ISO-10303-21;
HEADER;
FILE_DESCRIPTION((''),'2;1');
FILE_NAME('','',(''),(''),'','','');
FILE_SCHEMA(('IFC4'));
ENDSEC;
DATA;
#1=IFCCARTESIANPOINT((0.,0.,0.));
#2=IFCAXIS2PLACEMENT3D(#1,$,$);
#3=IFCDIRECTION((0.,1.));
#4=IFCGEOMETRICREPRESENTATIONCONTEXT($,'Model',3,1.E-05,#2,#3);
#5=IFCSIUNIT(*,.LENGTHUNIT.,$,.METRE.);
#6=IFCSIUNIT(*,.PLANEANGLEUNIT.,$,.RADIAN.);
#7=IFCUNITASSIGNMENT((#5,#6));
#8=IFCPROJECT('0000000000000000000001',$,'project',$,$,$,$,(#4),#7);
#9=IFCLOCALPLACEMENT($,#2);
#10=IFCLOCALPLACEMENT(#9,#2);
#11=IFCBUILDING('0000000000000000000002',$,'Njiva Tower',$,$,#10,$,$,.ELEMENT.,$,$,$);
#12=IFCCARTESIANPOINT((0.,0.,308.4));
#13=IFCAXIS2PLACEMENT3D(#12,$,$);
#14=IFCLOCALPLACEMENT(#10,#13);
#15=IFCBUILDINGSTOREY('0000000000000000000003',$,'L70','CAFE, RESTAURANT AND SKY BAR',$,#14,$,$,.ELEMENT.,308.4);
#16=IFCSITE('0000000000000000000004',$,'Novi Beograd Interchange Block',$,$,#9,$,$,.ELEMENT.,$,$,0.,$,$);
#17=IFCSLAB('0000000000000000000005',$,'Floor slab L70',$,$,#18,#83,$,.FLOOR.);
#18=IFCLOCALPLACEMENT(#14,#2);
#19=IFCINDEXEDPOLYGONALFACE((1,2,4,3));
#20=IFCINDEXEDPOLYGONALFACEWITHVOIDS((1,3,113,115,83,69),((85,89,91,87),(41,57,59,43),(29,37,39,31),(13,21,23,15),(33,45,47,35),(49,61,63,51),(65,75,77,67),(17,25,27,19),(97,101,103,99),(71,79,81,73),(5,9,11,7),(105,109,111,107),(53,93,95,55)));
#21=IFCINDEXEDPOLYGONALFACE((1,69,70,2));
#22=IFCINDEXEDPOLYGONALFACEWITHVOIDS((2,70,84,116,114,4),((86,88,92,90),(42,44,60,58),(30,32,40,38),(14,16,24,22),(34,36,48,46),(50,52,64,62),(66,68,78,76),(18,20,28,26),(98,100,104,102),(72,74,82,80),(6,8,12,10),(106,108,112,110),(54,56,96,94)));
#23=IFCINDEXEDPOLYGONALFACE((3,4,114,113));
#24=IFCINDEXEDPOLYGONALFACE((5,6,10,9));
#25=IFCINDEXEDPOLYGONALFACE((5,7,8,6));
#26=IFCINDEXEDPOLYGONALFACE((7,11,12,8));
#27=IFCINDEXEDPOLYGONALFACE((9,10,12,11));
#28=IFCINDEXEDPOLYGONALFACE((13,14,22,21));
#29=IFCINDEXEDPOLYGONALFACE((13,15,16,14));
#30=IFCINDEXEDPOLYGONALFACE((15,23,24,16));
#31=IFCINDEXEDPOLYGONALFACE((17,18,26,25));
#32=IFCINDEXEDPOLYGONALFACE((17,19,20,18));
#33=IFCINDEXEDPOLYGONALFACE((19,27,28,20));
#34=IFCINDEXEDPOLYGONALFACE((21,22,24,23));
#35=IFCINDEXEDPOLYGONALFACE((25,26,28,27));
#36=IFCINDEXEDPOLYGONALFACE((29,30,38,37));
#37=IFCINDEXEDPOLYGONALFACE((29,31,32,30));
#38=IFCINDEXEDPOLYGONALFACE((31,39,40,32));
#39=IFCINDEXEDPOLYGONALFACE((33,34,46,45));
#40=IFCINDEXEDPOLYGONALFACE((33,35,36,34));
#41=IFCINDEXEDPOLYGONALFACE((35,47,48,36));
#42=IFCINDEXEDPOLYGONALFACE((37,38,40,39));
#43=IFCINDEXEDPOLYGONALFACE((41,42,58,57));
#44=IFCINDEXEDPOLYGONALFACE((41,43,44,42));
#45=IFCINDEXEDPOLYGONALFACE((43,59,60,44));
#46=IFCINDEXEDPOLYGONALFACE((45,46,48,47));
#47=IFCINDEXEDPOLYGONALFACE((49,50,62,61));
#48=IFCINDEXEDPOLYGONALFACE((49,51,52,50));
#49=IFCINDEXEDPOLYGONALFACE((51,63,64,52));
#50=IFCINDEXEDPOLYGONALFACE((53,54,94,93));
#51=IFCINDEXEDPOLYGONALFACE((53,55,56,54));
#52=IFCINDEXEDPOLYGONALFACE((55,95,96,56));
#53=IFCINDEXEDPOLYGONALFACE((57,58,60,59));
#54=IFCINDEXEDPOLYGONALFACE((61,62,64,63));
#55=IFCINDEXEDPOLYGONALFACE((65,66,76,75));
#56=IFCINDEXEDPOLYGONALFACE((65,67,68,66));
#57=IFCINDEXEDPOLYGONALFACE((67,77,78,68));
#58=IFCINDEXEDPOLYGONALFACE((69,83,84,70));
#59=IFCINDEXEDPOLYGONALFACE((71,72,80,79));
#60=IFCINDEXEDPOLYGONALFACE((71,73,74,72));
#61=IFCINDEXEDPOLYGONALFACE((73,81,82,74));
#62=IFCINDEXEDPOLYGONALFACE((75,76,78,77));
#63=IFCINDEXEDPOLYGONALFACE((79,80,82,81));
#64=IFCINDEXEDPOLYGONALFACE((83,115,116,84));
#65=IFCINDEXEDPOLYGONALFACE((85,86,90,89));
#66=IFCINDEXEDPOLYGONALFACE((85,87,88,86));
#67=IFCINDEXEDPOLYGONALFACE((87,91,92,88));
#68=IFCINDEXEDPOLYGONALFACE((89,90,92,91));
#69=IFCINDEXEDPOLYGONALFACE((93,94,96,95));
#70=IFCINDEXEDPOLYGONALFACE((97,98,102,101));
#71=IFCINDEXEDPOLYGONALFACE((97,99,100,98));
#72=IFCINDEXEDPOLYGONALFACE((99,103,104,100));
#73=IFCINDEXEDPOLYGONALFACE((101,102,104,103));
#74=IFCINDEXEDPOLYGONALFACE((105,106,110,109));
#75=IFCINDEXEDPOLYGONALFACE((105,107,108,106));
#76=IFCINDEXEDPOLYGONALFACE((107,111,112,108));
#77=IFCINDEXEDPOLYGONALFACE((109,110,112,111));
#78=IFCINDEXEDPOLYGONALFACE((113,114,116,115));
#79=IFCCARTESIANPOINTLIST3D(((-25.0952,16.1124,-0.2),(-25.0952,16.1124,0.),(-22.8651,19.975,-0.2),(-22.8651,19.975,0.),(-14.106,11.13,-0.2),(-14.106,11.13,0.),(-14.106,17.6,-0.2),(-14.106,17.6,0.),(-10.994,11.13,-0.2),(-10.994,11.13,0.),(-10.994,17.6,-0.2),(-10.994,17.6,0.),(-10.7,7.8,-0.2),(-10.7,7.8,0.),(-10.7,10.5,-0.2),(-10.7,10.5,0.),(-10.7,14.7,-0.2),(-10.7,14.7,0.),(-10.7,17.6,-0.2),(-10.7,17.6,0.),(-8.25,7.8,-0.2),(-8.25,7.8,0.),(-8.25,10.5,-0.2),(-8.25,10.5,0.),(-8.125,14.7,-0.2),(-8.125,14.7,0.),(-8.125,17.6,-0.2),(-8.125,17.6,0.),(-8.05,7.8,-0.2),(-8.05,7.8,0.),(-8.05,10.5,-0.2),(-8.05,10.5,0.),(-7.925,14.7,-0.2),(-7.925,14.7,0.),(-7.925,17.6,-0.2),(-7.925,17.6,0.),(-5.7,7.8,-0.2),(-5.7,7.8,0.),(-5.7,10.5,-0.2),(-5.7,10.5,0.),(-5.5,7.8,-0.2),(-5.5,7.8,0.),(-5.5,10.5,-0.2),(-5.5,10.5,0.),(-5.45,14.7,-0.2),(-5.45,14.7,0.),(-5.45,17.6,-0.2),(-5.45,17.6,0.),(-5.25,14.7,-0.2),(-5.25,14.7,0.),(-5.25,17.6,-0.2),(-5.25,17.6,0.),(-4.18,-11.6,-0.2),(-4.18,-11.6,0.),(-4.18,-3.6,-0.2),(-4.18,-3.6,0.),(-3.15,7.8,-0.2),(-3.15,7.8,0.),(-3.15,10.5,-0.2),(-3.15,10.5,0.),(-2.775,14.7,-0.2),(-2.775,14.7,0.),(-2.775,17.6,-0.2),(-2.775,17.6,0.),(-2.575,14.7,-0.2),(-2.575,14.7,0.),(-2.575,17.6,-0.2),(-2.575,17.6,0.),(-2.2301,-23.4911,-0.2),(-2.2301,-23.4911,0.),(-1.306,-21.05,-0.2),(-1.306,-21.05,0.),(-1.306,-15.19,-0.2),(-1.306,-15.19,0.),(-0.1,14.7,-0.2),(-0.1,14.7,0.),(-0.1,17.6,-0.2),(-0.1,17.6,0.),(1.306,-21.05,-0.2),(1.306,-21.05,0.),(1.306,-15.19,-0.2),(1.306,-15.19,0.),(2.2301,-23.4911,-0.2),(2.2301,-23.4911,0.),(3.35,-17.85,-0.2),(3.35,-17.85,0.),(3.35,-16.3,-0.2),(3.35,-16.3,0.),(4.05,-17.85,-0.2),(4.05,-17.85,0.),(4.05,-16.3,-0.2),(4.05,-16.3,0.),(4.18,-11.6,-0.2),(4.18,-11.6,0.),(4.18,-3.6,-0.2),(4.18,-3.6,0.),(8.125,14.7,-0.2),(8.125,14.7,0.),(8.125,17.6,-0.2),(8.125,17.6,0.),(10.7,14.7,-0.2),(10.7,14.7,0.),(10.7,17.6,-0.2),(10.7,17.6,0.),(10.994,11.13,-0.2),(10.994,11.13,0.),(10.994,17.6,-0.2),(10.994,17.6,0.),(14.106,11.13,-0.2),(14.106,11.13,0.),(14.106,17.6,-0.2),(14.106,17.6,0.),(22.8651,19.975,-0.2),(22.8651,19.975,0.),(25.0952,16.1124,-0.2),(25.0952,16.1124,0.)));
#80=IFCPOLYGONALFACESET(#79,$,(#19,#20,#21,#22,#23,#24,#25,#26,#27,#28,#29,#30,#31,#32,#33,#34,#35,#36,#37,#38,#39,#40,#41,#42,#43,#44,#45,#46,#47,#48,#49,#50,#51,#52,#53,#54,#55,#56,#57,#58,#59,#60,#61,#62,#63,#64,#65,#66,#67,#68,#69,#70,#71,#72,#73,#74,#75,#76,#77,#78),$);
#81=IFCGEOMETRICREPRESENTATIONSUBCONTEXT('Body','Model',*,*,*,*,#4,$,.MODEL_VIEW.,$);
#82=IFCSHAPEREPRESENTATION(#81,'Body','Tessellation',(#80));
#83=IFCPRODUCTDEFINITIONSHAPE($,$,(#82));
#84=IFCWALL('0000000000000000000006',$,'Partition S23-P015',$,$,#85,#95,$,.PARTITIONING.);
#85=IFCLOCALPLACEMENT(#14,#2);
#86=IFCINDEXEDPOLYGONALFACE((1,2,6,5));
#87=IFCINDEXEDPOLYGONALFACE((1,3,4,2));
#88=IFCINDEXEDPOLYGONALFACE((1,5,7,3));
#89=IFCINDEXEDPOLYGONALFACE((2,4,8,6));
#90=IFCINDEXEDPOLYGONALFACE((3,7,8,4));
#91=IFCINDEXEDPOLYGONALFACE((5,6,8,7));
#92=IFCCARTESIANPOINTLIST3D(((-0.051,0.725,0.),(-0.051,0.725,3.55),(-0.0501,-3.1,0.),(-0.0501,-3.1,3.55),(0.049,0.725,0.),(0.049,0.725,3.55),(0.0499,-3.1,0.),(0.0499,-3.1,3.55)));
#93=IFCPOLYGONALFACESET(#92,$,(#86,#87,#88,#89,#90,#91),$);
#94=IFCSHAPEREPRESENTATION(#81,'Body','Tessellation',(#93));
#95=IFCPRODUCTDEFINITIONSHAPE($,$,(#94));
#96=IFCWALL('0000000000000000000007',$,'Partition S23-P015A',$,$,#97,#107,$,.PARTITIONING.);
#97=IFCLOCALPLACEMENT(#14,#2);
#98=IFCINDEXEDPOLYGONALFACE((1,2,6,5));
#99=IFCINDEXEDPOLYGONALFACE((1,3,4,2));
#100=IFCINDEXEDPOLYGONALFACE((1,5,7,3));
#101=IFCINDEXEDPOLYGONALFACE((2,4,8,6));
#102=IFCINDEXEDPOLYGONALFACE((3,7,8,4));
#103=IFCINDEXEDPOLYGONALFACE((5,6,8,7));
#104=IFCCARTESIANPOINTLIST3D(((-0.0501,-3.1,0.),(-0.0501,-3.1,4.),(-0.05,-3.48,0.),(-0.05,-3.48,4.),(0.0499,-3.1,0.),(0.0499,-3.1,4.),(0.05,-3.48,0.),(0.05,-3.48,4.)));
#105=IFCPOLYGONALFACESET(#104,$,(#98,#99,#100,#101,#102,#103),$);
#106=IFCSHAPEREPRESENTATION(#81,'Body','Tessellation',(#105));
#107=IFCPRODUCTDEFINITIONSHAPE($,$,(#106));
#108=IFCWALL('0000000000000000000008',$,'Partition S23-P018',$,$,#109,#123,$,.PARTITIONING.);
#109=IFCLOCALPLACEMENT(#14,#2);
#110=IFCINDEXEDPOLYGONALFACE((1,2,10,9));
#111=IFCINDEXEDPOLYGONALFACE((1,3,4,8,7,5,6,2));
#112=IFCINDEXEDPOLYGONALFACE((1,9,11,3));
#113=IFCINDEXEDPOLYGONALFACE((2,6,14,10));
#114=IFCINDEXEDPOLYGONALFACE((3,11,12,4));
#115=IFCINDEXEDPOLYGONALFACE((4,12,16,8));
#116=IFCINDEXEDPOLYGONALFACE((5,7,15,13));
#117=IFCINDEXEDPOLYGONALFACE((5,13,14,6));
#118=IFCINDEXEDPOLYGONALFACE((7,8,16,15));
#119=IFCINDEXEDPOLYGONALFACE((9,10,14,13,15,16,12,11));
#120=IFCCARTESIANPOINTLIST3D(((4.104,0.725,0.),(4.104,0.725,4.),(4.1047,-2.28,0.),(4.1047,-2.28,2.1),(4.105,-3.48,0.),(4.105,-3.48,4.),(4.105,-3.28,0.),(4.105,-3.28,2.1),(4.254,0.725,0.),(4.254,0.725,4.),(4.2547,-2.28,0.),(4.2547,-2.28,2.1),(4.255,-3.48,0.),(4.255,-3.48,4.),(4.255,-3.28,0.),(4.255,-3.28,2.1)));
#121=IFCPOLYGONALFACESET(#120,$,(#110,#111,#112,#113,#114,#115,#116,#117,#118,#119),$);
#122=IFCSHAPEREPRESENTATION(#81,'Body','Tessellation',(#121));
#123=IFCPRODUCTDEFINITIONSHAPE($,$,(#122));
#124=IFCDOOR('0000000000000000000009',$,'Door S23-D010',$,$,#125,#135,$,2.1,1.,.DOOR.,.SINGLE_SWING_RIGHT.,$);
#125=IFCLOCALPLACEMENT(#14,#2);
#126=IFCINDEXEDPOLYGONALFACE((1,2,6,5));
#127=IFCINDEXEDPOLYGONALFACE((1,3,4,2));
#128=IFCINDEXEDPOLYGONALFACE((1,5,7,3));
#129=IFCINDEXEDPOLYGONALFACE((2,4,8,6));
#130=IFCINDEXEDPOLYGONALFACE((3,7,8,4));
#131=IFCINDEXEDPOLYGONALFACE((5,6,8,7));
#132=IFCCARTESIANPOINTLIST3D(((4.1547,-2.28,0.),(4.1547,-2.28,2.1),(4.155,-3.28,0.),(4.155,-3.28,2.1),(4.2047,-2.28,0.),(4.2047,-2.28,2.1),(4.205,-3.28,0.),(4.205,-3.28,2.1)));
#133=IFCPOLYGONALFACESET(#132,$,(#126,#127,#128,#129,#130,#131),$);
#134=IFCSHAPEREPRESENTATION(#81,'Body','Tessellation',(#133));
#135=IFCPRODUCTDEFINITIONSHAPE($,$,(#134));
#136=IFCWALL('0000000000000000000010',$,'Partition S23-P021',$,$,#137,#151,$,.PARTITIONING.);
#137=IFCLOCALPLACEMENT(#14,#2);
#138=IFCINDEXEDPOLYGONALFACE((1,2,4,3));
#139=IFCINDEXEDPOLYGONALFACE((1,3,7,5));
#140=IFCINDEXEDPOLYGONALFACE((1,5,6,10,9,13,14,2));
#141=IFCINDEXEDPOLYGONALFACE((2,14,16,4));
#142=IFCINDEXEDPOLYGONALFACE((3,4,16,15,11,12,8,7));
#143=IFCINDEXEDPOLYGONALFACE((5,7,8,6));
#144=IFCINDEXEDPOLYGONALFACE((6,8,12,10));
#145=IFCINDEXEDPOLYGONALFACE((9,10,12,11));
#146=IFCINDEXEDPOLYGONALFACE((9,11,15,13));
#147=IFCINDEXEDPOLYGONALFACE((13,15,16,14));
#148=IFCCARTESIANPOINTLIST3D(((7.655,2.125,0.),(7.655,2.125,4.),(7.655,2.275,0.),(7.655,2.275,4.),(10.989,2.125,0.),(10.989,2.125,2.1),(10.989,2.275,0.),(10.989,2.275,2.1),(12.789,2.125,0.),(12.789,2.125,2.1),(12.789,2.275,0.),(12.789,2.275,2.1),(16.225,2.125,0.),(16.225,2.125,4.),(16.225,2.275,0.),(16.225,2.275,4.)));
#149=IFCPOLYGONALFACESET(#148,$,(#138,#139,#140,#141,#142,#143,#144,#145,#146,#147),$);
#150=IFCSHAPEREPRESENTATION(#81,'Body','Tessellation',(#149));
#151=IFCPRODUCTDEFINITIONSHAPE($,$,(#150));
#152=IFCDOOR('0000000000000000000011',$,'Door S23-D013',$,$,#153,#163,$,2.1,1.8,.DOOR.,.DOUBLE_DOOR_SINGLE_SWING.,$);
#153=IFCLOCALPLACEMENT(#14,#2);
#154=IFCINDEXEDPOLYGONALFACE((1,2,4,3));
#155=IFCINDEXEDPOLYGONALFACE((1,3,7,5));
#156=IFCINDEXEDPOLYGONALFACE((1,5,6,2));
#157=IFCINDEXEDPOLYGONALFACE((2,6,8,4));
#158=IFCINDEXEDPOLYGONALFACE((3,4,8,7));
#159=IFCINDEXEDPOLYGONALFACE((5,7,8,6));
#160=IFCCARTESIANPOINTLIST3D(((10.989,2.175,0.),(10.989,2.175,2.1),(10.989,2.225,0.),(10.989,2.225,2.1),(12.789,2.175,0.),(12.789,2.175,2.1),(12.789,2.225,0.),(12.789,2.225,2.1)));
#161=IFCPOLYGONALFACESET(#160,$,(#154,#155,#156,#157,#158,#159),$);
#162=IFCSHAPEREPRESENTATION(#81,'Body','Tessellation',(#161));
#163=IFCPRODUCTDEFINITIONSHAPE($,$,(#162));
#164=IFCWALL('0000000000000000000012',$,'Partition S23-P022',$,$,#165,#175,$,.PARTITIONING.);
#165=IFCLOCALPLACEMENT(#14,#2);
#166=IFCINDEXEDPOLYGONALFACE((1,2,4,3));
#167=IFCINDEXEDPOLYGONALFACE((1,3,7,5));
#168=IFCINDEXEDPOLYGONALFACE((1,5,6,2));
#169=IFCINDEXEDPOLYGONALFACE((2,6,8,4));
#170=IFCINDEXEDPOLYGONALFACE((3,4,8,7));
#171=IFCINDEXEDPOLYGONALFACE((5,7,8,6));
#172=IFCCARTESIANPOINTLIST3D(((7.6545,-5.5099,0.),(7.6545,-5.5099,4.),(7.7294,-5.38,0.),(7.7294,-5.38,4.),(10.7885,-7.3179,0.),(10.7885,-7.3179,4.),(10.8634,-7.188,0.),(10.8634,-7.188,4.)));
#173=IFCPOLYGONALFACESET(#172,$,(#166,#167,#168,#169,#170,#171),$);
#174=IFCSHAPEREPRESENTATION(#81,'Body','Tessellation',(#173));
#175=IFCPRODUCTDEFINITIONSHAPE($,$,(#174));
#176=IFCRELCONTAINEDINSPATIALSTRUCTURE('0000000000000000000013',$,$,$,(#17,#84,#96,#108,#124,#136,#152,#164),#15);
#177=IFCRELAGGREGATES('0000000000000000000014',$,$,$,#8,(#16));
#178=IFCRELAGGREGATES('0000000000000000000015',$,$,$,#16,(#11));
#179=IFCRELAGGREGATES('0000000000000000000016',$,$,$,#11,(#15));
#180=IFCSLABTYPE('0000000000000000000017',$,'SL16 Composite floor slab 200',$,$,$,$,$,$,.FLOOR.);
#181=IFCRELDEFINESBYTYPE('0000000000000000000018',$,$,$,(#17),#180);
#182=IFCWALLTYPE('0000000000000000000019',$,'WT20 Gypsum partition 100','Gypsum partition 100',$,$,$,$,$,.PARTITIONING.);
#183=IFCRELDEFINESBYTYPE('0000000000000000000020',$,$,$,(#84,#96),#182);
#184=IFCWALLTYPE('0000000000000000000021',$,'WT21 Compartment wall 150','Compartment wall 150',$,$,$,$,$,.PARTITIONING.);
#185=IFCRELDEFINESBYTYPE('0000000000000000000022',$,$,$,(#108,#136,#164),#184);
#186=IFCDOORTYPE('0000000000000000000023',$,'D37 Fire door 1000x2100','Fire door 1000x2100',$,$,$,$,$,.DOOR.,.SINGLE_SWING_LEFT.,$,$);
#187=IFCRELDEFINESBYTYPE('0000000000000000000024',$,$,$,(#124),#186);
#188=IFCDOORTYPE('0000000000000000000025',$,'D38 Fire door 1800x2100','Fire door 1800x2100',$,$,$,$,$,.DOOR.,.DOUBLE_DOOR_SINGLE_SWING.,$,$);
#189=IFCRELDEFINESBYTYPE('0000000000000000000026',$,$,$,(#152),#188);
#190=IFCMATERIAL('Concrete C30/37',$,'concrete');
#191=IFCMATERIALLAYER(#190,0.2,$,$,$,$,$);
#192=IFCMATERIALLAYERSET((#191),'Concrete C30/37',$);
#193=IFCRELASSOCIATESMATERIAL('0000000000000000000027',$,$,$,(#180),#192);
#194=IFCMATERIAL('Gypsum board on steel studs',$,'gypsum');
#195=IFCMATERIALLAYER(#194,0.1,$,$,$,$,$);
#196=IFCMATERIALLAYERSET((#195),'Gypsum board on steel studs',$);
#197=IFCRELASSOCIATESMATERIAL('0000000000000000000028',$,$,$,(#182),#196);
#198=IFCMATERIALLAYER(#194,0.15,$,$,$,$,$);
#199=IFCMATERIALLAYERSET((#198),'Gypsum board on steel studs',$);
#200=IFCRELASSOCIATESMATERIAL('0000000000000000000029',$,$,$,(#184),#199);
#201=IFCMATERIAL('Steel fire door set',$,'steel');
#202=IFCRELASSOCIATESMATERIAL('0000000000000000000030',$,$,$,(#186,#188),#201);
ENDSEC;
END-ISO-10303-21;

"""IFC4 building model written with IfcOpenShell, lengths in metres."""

from ifc_helpers import new_model, si_unit, direction, frame, frame_2d, origin, place, context, subcontext, project, spatial, polyline, rectangle, outline, extrude, material, layer, layer_set, type_object, element, fill, save


model = new_model("IFC4")

# Units and contexts
model_context = context("Model", 3, precision=1e-05, world=origin(), true_north=direction((0.0, 1.0)))
body_context = subcontext(model_context, "Body", "Model", "MODEL_VIEW")
ifc_project = project(units=[si_unit("LENGTHUNIT", "METRE"), si_unit("PLANEANGLEUNIT", "RADIAN")], contexts=[model_context])

# Site, building, storey
site_placement = place(None, origin())
site = spatial("IfcSite", under=ifc_project, at=site_placement, Name="Novi Beograd Interchange Block", CompositionType="ELEMENT", RefElevation=0.0)
building_placement = place(site_placement, origin())
building = spatial("IfcBuilding", under=site, at=building_placement, Name="Njiva Tower", CompositionType="ELEMENT")
storey_placement = place(building_placement, frame((0.0, 0.0, 308.4)))
storey = spatial("IfcBuildingStorey", under=building, at=storey_placement, Name="L70", Description="CAFE, RESTAURANT AND SKY BAR", CompositionType="ELEMENT", Elevation=308.4)

# Slab
ifc_material_1 = material(Name="Concrete C30/37", Category="concrete")
ifc_layer_1 = layer(ifc_material_1, 0.2)
ifc_layer_set_1 = layer_set([ifc_layer_1], Name="Concrete C30/37")
slab_type_1 = type_object("IfcSlabType", Name="SL16 Composite floor slab 200", PredefinedType="FLOOR", material=ifc_layer_set_1)
slab_1_placement = place(storey_placement, frame((0.0, 0.0, -0.2)))
element("IfcSlab", 1, at=slab_1_placement, inside=storey, type_object=slab_type_1, Name="Floor slab L70", PredefinedType="FLOOR", context=body_context, shape_type="SweptSolid", body=[
    extrude(outline(polyline([(25.0952, 16.1124), (2.2301, -23.4911), (-2.2301, -23.4911), (-25.0952, 16.1124), (-22.8651, 19.975), (22.8651, 19.975), (25.0952, 16.1124)]), holes=[polyline([(10.994, 11.13), (14.106, 11.13), (14.106, 17.6), (10.994, 17.6), (10.994, 11.13)]), polyline([(8.125, 14.7), (10.7, 14.7), (10.7, 17.6), (8.125, 17.6), (8.125, 14.7)]), polyline([(4.18, -11.6), (4.18, -3.6), (-4.18, -3.6), (-4.18, -11.6), (4.18, -11.6)]), polyline([(3.35, -17.85), (4.05, -17.85), (4.05, -16.3), (3.35, -16.3), (3.35, -17.85)]), polyline([(-1.306, -21.05), (1.306, -21.05), (1.306, -15.19), (-1.306, -15.19), (-1.306, -21.05)]), polyline([(-2.575, 14.7), (-0.1, 14.7), (-0.1, 17.6), (-2.575, 17.6), (-2.575, 14.7)]), polyline([(-2.775, 14.7), (-2.775, 17.6), (-5.25, 17.6), (-5.25, 14.7), (-2.775, 14.7)]), polyline([(-5.5, 7.8), (-3.15, 7.8), (-3.15, 10.5), (-5.5, 10.5), (-5.5, 7.8)]), polyline([(-7.925, 14.7), (-5.45, 14.7), (-5.45, 17.6), (-7.925, 17.6), (-7.925, 14.7)]), polyline([(-8.05, 7.8), (-5.7, 7.8), (-5.7, 10.5), (-8.05, 10.5), (-8.05, 7.8)]), polyline([(-10.7, 14.7), (-8.125, 14.7), (-8.125, 17.6), (-10.7, 17.6), (-10.7, 14.7)]), polyline([(-8.25, 7.8), (-8.25, 10.5), (-10.7, 10.5), (-10.7, 7.8), (-8.25, 7.8)]), polyline([(-10.994, 11.13), (-10.994, 17.6), (-14.106, 17.6), (-14.106, 11.13), (-10.994, 11.13)])]), origin(), (0.0, 0.0, 1.0), 0.2),
])

# Walls
ifc_material_2 = material(Name="Gypsum board on steel studs", Category="gypsum")
ifc_layer_2 = layer(ifc_material_2, 0.1)
ifc_layer_set_2 = layer_set([ifc_layer_2], Name="Gypsum board on steel studs")
wall_type_1 = type_object("IfcWallType", Name="WT20 Gypsum partition 100", Description="Gypsum partition 100", PredefinedType="PARTITIONING", material=ifc_layer_set_2)
wall_1_placement = place(storey_placement, frame((-0.001, 0.725, 0.0), z_axis=(0.0, 0.0, 1.0), x_axis=(0.000235, -1.0, 0.0)))
element("IfcWall", 2, at=wall_1_placement, inside=storey, type_object=wall_type_1, Name="Partition S23-P015", PredefinedType="PARTITIONING", context=body_context, shape_type="SweptSolid", body=[
    extrude(rectangle(XDim=3.825, YDim=0.1, at=frame_2d((1.9125, 0.0))), origin(), (0.0, 0.0, 1.0), 3.55),
])
wall_2_placement = place(storey_placement, frame((-0.0001, -3.1, 0.0), z_axis=(0.0, 0.0, 1.0), x_axis=(0.000263, -1.0, 0.0)))
element("IfcWall", 3, at=wall_2_placement, inside=storey, type_object=wall_type_1, Name="Partition S23-P015A", PredefinedType="PARTITIONING", context=body_context, shape_type="SweptSolid", body=[
    extrude(rectangle(XDim=0.38, YDim=0.1, at=frame_2d((0.19, 0.0))), origin(), (0.0, 0.0, 1.0), 4.0),
])

# Walls, openings, doors
ifc_layer_3 = layer(ifc_material_2, 0.15)
ifc_layer_set_3 = layer_set([ifc_layer_3], Name="Gypsum board on steel studs")
wall_type_2 = type_object("IfcWallType", Name="WT21 Compartment wall 150", Description="Compartment wall 150", PredefinedType="PARTITIONING", material=ifc_layer_set_3)
wall_3_placement = place(storey_placement, frame((4.179, 0.725, 0.0), z_axis=(0.0, 0.0, 1.0), x_axis=(0.000238, -1.0, 0.0)))
wall_3 = element("IfcWall", 4, at=wall_3_placement, inside=storey, type_object=wall_type_2, Name="Partition S23-P018", PredefinedType="PARTITIONING", context=body_context, shape_type="SweptSolid", body=[
    extrude(rectangle(XDim=4.205, YDim=0.15, at=frame_2d((2.1025, 0.0))), origin(), (0.0, 0.0, 1.0), 4.0),
])
opening_1_placement = place(wall_3_placement, frame((3.005, 0.0, 0.0)))
opening_1 = element("IfcOpeningElement", 5, at=opening_1_placement, cuts=wall_3, PredefinedType="OPENING", context=body_context, shape_type="SweptSolid", body=[
    extrude(rectangle(XDim=1.0, YDim=2.1, at=frame_2d((0.5, 1.05))), frame((0.0, 0.085, 0.0), z_axis=(0.0, -1.0, 0.0), x_axis=(1.0, 0.0, 0.0)), (0.0, 0.0, 1.0), 0.17),
])
ifc_material_3 = material(Name="Steel fire door set", Category="steel")
door_type_1 = type_object("IfcDoorType", Name="D37 Fire door 1000x2100", Description="Fire door 1000x2100", OperationType="SINGLE_SWING_LEFT", PredefinedType="DOOR", material=ifc_material_3)
door_1_placement = place(opening_1_placement, origin())
door_1 = element("IfcDoor", 6, at=door_1_placement, inside=storey, type_object=door_type_1, Name="Door S23-D010", OperationType="SINGLE_SWING_RIGHT", OverallHeight=2.1, OverallWidth=1.0, PredefinedType="DOOR", context=body_context, shape_type="SweptSolid", body=[
    extrude(rectangle(XDim=1.0, YDim=2.1, at=frame_2d((0.5, 1.05))), frame((0.0, 0.025, 0.0), z_axis=(0.0, -1.0, 0.0), x_axis=(1.0, 0.0, 0.0)), (0.0, 0.0, 1.0), 0.05),
])
fill(opening_1, door_1)
wall_4_placement = place(storey_placement, frame((7.655, 2.2, 0.0), z_axis=(0.0, 0.0, 1.0), x_axis=(1.0, 0.0, 0.0)))
wall_4 = element("IfcWall", 7, at=wall_4_placement, inside=storey, type_object=wall_type_2, Name="Partition S23-P021", PredefinedType="PARTITIONING", context=body_context, shape_type="SweptSolid", body=[
    extrude(rectangle(XDim=8.57, YDim=0.15, at=frame_2d((4.285, 0.0))), origin(), (0.0, 0.0, 1.0), 4.0),
])
opening_2_placement = place(wall_4_placement, frame((3.334, 0.0, 0.0)))
opening_2 = element("IfcOpeningElement", 8, at=opening_2_placement, cuts=wall_4, PredefinedType="OPENING", context=body_context, shape_type="SweptSolid", body=[
    extrude(rectangle(XDim=1.8, YDim=2.1, at=frame_2d((0.9, 1.05))), frame((0.0, 0.085, 0.0), z_axis=(0.0, -1.0, 0.0), x_axis=(1.0, 0.0, 0.0)), (0.0, 0.0, 1.0), 0.17),
])
door_type_2 = type_object("IfcDoorType", Name="D38 Fire door 1800x2100", Description="Fire door 1800x2100", OperationType="DOUBLE_DOOR_SINGLE_SWING", PredefinedType="DOOR", material=ifc_material_3)
door_2_placement = place(opening_2_placement, origin())
door_2 = element("IfcDoor", 9, at=door_2_placement, inside=storey, type_object=door_type_2, Name="Door S23-D013", OperationType="DOUBLE_DOOR_SINGLE_SWING", OverallHeight=2.1, OverallWidth=1.8, PredefinedType="DOOR", context=body_context, shape_type="SweptSolid", body=[
    extrude(rectangle(XDim=1.8, YDim=2.1, at=frame_2d((0.9, 1.05))), frame((0.0, 0.025, 0.0), z_axis=(0.0, -1.0, 0.0), x_axis=(1.0, 0.0, 0.0)), (0.0, 0.0, 1.0), 0.05),
])
fill(opening_2, door_2)

# Wall
wall_5_placement = place(storey_placement, frame((7.692, -5.445, 0.0), z_axis=(0.0, 0.0, 1.0), x_axis=(0.866195, -0.499707, 0.0)))
element("IfcWall", 10, at=wall_5_placement, inside=storey, type_object=wall_type_2, Name="Partition S23-P022", PredefinedType="PARTITIONING", context=body_context, shape_type="SweptSolid", body=[
    extrude(rectangle(XDim=3.6181, YDim=0.15, at=frame_2d((1.809, 0.0))), origin(), (0.0, 0.0, 1.0), 4.0),
])

save(model, "model.ifc")
